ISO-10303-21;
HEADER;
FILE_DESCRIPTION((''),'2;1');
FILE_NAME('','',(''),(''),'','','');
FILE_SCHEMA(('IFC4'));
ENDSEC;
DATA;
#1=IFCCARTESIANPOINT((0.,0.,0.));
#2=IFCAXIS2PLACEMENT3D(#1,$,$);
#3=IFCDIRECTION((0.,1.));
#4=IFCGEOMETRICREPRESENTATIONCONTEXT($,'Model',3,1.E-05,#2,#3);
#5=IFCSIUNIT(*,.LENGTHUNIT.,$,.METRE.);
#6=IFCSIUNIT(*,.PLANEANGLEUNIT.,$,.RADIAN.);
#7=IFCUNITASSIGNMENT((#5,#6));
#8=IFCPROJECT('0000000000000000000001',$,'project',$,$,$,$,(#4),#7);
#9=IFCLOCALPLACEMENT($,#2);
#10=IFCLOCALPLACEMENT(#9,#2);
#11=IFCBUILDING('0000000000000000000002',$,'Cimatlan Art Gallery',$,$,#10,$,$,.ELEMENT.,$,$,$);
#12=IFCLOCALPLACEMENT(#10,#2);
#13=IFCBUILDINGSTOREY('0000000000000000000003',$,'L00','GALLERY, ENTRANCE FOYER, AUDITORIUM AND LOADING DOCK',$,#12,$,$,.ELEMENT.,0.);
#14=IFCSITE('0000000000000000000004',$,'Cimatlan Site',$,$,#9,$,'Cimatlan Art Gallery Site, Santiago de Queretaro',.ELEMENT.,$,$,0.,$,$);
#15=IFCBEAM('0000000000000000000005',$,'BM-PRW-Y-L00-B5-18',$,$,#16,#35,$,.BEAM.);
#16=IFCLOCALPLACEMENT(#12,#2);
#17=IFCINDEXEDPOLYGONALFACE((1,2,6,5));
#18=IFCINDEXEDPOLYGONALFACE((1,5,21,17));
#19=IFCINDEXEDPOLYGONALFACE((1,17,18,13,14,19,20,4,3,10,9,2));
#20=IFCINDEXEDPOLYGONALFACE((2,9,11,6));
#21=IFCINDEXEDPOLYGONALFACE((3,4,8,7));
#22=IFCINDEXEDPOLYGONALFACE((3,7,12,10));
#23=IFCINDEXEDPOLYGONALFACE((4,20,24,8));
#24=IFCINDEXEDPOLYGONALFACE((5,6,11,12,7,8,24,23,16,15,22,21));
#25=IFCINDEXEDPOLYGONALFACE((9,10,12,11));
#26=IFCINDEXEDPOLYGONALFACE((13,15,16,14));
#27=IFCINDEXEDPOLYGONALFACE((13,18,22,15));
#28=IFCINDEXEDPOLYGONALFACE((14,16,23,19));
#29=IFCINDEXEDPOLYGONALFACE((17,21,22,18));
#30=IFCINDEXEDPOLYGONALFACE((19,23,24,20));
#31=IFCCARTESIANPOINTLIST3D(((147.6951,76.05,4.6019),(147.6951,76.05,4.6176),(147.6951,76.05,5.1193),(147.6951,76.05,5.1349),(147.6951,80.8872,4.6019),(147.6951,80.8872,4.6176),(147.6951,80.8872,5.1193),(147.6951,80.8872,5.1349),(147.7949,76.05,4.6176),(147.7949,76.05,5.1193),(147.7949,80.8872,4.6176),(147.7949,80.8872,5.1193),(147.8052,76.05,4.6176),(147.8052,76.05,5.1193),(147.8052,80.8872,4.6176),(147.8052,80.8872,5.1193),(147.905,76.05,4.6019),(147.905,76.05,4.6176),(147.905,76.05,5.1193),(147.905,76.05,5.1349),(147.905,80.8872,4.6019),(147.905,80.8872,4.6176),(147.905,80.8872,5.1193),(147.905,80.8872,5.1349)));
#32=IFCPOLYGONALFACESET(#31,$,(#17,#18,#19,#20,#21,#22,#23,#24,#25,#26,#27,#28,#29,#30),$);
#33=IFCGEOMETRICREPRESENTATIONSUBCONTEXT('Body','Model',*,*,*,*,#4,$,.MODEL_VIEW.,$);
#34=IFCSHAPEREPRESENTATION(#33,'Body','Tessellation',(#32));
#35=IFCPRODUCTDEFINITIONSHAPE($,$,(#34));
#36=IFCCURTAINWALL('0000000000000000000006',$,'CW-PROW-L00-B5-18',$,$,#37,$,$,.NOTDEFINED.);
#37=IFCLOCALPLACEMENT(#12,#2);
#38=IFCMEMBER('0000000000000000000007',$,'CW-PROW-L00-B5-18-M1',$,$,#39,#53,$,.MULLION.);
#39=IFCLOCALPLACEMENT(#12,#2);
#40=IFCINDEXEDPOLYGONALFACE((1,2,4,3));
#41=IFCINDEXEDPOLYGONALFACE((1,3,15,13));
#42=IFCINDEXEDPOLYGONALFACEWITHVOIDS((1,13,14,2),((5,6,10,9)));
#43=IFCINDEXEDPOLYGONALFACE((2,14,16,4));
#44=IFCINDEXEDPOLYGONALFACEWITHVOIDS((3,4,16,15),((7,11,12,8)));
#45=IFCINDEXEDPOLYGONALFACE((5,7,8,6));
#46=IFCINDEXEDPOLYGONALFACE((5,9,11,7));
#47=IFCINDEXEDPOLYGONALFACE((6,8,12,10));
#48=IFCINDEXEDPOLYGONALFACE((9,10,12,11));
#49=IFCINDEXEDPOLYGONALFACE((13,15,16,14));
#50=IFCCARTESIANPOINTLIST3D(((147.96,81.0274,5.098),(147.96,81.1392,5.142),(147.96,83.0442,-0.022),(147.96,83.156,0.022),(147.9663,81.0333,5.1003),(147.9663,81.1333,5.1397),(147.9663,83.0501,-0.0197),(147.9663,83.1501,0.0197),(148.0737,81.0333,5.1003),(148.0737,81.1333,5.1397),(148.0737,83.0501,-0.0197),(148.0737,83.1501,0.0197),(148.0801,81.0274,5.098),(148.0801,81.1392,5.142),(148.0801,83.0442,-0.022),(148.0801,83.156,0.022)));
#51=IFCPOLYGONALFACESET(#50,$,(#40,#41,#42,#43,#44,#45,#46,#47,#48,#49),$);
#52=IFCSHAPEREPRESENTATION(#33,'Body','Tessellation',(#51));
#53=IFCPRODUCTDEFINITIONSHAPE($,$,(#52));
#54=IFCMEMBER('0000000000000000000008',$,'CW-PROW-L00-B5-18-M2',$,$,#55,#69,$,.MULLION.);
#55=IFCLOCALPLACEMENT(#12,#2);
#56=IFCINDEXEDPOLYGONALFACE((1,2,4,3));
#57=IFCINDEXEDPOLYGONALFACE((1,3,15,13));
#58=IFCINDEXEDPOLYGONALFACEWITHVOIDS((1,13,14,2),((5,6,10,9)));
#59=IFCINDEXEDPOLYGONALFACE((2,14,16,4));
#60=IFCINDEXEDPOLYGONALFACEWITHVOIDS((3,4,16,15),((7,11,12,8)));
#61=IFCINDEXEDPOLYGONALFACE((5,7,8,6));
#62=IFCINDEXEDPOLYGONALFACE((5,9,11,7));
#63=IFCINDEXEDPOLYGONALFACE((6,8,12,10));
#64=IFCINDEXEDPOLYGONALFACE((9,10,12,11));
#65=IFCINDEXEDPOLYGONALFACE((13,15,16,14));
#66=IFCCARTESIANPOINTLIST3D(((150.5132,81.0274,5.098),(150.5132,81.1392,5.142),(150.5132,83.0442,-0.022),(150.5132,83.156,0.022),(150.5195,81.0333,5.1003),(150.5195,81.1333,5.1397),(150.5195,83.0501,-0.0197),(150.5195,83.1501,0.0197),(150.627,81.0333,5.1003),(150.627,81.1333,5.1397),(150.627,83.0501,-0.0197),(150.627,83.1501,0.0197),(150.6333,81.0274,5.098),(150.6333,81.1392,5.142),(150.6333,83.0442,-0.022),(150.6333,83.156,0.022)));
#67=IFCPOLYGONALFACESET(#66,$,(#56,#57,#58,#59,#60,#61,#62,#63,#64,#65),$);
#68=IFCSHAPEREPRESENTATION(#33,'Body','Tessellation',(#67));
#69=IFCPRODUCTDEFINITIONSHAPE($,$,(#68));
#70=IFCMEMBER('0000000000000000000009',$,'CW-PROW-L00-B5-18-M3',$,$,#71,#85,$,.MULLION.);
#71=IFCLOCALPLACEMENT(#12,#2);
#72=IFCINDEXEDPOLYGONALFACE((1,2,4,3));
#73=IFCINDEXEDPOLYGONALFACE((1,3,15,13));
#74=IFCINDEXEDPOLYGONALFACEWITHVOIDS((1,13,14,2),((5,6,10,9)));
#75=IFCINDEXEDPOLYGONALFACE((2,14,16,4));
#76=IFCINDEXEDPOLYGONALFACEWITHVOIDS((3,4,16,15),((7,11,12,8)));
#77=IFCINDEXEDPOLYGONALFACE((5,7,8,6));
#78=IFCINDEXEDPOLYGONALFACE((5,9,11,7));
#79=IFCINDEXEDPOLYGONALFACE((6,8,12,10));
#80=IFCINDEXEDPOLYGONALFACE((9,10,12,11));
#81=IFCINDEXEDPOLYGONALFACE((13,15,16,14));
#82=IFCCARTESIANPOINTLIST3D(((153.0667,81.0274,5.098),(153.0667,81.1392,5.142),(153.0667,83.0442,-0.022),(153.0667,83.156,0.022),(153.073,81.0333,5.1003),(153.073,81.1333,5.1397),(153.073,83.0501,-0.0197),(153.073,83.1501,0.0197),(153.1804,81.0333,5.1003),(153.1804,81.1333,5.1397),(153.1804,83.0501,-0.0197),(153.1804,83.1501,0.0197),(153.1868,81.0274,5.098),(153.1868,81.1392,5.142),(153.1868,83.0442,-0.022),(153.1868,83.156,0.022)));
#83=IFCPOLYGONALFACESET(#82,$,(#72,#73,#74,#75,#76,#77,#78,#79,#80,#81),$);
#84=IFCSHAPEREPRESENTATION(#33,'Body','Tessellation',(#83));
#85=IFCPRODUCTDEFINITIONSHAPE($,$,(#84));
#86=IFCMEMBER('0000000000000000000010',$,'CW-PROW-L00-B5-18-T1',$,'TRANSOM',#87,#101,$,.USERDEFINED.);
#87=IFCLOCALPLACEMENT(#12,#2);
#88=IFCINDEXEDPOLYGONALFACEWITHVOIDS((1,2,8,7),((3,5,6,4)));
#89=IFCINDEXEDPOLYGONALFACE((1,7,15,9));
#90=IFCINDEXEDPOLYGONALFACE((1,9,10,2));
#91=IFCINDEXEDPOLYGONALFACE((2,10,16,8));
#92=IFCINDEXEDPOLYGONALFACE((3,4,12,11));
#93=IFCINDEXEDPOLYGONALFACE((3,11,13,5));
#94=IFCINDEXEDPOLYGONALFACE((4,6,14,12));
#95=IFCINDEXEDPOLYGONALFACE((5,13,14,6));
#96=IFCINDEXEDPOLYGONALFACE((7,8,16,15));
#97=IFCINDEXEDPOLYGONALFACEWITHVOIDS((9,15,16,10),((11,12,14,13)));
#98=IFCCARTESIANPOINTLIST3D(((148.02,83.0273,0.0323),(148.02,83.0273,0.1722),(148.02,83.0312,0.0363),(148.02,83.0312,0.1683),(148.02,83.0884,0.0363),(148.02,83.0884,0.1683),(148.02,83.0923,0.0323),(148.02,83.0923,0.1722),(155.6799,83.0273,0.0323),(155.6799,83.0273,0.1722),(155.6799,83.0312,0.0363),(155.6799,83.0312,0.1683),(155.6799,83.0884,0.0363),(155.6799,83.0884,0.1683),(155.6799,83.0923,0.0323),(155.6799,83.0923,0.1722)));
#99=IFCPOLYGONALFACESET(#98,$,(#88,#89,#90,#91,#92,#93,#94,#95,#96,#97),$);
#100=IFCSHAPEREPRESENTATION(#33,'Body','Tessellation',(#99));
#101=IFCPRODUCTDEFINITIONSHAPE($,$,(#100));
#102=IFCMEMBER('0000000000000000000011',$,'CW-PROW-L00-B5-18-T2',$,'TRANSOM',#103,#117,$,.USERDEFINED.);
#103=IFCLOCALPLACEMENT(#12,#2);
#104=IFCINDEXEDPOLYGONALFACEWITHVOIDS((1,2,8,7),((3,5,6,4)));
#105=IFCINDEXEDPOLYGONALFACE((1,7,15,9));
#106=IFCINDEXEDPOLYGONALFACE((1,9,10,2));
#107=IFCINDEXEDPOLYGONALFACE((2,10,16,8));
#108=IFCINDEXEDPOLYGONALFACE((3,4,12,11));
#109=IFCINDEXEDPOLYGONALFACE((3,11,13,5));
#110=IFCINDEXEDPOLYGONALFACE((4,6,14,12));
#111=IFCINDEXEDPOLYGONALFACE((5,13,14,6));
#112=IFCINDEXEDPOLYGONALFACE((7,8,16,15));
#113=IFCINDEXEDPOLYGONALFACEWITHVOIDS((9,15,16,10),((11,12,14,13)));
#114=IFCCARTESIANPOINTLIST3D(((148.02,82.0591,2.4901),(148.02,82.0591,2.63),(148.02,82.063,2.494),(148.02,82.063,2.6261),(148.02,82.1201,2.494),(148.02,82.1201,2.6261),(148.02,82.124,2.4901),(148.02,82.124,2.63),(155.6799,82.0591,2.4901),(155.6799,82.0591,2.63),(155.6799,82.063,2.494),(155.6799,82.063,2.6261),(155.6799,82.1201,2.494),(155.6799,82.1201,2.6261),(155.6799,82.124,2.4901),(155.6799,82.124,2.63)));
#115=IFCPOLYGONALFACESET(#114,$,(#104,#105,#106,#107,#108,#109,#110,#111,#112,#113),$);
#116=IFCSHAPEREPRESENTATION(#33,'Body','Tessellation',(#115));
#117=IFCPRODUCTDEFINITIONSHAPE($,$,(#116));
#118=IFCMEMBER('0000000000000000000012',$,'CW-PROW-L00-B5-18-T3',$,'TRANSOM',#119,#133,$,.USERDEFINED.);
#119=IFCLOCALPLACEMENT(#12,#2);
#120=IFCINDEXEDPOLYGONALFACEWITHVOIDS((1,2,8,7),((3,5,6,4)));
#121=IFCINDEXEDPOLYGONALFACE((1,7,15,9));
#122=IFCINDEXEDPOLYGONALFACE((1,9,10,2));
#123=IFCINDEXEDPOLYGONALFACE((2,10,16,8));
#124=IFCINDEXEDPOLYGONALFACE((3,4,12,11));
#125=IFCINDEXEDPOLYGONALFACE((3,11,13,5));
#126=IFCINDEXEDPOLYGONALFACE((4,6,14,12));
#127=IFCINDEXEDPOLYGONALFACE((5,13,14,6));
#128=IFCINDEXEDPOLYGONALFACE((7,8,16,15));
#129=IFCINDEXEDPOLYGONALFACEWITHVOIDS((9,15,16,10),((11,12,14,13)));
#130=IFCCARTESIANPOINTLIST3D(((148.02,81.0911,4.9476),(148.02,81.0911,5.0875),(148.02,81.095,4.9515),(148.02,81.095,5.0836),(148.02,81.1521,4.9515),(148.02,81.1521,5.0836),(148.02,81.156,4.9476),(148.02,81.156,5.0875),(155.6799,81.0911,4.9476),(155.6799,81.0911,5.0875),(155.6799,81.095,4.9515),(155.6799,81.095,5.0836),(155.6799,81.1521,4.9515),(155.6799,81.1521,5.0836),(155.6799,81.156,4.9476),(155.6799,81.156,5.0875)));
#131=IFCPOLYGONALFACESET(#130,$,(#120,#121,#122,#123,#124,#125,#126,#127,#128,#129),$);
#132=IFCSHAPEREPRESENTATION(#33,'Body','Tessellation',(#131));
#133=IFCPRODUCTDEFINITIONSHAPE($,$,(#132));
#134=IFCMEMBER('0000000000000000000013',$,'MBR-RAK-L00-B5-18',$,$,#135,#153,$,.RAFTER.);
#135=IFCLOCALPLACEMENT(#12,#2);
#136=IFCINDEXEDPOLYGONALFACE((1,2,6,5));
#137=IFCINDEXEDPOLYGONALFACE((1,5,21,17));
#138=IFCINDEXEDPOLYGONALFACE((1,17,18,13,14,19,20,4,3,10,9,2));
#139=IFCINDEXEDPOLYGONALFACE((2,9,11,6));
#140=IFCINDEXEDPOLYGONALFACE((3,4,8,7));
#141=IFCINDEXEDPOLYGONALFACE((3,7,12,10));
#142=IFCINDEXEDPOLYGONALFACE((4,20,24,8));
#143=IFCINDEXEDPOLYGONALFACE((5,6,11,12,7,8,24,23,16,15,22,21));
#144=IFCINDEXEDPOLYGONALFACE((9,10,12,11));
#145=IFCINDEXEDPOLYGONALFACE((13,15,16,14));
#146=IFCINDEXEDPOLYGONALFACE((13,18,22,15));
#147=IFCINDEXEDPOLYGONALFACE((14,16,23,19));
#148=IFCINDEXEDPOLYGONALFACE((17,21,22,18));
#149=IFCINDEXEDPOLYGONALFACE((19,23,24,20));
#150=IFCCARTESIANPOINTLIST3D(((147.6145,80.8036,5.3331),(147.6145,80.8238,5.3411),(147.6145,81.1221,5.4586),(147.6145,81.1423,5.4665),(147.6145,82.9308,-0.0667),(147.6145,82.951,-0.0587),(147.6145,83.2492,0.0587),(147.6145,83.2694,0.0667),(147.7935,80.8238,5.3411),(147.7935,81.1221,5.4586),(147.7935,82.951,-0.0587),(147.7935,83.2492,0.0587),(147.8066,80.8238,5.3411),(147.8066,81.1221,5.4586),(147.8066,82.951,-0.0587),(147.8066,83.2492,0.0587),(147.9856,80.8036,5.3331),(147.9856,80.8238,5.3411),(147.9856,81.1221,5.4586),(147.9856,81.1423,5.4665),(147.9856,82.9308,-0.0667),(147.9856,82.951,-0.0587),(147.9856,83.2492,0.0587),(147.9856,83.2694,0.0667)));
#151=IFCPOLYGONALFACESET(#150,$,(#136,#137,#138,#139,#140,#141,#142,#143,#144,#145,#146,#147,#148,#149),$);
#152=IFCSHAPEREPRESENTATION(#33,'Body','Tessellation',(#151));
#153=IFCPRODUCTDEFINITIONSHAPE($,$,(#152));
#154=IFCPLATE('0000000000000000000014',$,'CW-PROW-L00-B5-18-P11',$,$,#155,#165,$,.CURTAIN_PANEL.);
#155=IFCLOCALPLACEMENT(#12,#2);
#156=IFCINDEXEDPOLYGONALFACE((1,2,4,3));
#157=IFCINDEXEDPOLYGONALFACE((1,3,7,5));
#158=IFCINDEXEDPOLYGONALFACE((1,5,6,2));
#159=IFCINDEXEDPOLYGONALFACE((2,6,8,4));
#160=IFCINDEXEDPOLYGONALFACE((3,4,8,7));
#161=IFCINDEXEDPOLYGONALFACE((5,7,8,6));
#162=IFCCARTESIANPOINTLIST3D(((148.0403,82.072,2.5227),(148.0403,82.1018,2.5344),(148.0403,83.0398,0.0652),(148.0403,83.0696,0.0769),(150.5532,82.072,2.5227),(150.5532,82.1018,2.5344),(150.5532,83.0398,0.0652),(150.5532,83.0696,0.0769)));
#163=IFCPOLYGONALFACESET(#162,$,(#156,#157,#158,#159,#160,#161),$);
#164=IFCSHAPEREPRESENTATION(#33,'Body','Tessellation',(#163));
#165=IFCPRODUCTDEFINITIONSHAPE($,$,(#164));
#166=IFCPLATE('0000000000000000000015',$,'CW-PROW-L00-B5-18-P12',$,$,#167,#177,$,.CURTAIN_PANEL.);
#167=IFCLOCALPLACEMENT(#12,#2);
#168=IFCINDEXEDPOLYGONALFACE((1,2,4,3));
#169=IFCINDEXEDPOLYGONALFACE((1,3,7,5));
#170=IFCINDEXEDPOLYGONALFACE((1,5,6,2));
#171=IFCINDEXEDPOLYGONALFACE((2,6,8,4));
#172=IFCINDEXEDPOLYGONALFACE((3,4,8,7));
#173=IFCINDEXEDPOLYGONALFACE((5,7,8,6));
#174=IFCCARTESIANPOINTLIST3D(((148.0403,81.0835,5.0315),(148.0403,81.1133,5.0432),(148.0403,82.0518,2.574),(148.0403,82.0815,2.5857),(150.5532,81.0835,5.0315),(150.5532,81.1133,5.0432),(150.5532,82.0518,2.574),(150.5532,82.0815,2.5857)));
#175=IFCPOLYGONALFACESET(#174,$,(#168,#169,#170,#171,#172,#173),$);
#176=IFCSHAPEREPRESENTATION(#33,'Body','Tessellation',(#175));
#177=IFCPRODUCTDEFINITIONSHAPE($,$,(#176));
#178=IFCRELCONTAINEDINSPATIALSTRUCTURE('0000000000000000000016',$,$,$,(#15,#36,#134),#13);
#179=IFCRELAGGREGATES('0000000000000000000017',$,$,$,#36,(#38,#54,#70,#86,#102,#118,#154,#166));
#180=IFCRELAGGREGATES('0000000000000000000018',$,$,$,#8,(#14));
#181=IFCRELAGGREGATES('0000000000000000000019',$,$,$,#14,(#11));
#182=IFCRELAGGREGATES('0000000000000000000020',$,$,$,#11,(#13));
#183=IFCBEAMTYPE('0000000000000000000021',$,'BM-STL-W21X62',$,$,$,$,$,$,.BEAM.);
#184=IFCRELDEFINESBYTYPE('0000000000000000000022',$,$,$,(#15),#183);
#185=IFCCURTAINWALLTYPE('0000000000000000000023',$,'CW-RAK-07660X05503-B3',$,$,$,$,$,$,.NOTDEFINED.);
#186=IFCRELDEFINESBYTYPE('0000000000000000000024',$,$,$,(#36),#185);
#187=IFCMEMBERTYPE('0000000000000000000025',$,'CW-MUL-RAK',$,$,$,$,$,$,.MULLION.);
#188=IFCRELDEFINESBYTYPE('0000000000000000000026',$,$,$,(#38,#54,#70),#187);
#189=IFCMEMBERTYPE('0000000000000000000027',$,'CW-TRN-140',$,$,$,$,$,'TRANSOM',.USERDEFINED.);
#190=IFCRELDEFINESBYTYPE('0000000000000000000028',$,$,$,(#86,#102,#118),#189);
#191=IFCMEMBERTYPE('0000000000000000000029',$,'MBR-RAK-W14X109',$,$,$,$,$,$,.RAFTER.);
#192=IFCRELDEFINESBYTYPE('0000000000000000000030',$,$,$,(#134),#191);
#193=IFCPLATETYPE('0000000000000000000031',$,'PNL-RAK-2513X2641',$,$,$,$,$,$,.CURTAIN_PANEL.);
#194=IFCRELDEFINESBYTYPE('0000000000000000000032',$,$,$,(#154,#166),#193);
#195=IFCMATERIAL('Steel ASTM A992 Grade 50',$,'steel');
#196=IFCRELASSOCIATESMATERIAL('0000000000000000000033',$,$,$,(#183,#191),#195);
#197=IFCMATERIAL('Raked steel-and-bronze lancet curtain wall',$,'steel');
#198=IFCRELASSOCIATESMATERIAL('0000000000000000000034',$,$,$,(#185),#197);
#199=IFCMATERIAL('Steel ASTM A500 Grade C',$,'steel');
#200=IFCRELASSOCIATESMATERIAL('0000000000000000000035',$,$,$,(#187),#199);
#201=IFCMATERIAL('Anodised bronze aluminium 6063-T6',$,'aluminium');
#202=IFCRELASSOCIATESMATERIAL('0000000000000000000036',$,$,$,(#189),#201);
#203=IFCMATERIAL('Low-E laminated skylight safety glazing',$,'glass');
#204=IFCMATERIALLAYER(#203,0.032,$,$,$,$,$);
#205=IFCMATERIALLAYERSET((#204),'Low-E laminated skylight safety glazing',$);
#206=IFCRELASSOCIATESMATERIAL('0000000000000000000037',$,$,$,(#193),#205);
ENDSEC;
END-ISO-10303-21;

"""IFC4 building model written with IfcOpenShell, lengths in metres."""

from ifc_helpers import new_model, si_unit, direction, frame, origin, origin_2d, place, context, subcontext, project, spatial, polyline, hollow_rectangle, i_section, outline, extrude, material, layer, layer_set, material_profile, profile_set, type_object, element, aggregate, save


model = new_model("IFC4")

# Units and contexts
model_context = context("Model", 3, precision=1e-05, world=origin(), true_north=direction((0.0, 1.0)))
body_context = subcontext(model_context, "Body", "Model", "MODEL_VIEW")
ifc_project = project(units=[si_unit("LENGTHUNIT", "METRE"), si_unit("PLANEANGLEUNIT", "RADIAN")], contexts=[model_context])

# Site, building, storey
site_placement = place(None, origin())
site = spatial("IfcSite", under=ifc_project, at=site_placement, Name="Cimatlan Site", LongName="Cimatlan Art Gallery Site, Santiago de Queretaro", CompositionType="ELEMENT", RefElevation=0.0)
building_placement = place(site_placement, origin())
building = spatial("IfcBuilding", under=site, at=building_placement, Name="Cimatlan Art Gallery", CompositionType="ELEMENT")
storey_placement = place(building_placement, origin())
storey = spatial("IfcBuildingStorey", under=building, at=storey_placement, Name="L00", Description="GALLERY, ENTRANCE FOYER, AUDITORIUM AND LOADING DOCK", CompositionType="ELEMENT", Elevation=0.0)

# Beam
ifc_material_1 = material(Name="Steel ASTM A992 Grade 50", Category="steel")
ifc_material_profile_1 = material_profile(ifc_material_1, i_section(OverallWidth=0.21, OverallDepth=0.533, WebThickness=0.0103, FlangeThickness=0.0156, at=origin_2d()), Name="W21X62")
ifc_profile_set_1 = profile_set([ifc_material_profile_1], Name="Steel ASTM A992 Grade 50")
beam_type = type_object("IfcBeamType", Name="BM-STL-W21X62", PredefinedType="BEAM", material=ifc_profile_set_1)
beam_1_placement = place(storey_placement, frame((147.8, 76.05, 4.8684), z_axis=(0.0, 1.0, 0.0), x_axis=(-1.0, 0.0, 0.0)))
element("IfcBeam", 1, at=beam_1_placement, inside=storey, type_object=beam_type, Name="BM-PRW-Y-L00-B5-18", PredefinedType="BEAM", context=body_context, shape_type="SweptSolid", body=[
    extrude(i_section(OverallWidth=0.21, OverallDepth=0.533, WebThickness=0.0103, FlangeThickness=0.0156, at=origin_2d()), origin(), (0.0, 0.0, 1.0), 4.8372),
])

# Curtain wall, members
ifc_material_2 = material(Name="Raked steel-and-bronze lancet curtain wall", Category="steel")
curtain_wall_type = type_object("IfcCurtainWallType", Name="CW-RAK-07660X05503-B3", PredefinedType="NOTDEFINED", material=ifc_material_2)
curtain_wall_placement = place(storey_placement, origin())
curtain_wall = element("IfcCurtainWall", 2, at=curtain_wall_placement, inside=storey, type_object=curtain_wall_type, Name="CW-PROW-L00-B5-18", PredefinedType="NOTDEFINED")
ifc_material_3 = material(Name="Steel ASTM A500 Grade C", Category="steel")
ifc_material_profile_2 = material_profile(ifc_material_3, hollow_rectangle(XDim=0.1201, YDim=0.1201, WallThickness=0.0063, at=origin_2d()), Name="HSS120X120X6")
ifc_profile_set_2 = profile_set([ifc_material_profile_2], Name="Steel ASTM A500 Grade C")
member_type_1 = type_object("IfcMemberType", Name="CW-MUL-RAK", PredefinedType="MULLION", material=ifc_profile_set_2)
member_1_placement = place(storey_placement, frame((148.02, 83.1001, 0.0), z_axis=(0.0, -0.366498, 0.930419), x_axis=(1.0, 0.0, 0.0)))
member_1 = element("IfcMember", 3, at=member_1_placement, type_object=member_type_1, Name="CW-PROW-L00-B5-18-M1", PredefinedType="MULLION", context=body_context, shape_type="SweptSolid", body=[
    extrude(hollow_rectangle(XDim=0.1201, YDim=0.1201, WallThickness=0.0063, at=origin_2d()), origin(), (0.0, 0.0, 1.0), 5.5029),
])
member_2_placement = place(storey_placement, frame((150.5732, 83.1001, 0.0), z_axis=(0.0, -0.366498, 0.930419), x_axis=(1.0, 0.0, 0.0)))
member_2 = element("IfcMember", 4, at=member_2_placement, type_object=member_type_1, Name="CW-PROW-L00-B5-18-M2", PredefinedType="MULLION", context=body_context, shape_type="SweptSolid", body=[
    extrude(hollow_rectangle(XDim=0.1201, YDim=0.1201, WallThickness=0.0063, at=origin_2d()), origin(), (0.0, 0.0, 1.0), 5.5029),
])
member_3_placement = place(storey_placement, frame((153.1267, 83.1001, 0.0), z_axis=(0.0, -0.366498, 0.930419), x_axis=(1.0, 0.0, 0.0)))
member_3 = element("IfcMember", 5, at=member_3_placement, type_object=member_type_1, Name="CW-PROW-L00-B5-18-M3", PredefinedType="MULLION", context=body_context, shape_type="SweptSolid", body=[
    extrude(hollow_rectangle(XDim=0.1201, YDim=0.1201, WallThickness=0.0063, at=origin_2d()), origin(), (0.0, 0.0, 1.0), 5.5029),
])
ifc_material_4 = material(Name="Anodised bronze aluminium 6063-T6", Category="aluminium")
ifc_material_profile_3 = material_profile(ifc_material_4, hollow_rectangle(XDim=0.0649, YDim=0.1399, WallThickness=0.0039, at=origin_2d()), Name="ALU65X140X4")
ifc_profile_set_3 = profile_set([ifc_material_profile_3], Name="Anodised bronze aluminium 6063-T6")
member_type_2 = type_object("IfcMemberType", Name="CW-TRN-140", ElementType="TRANSOM", PredefinedType="USERDEFINED", material=ifc_profile_set_3)
member_4_placement = place(storey_placement, frame((148.02, 83.0598, 0.1023), z_axis=(1.0, 0.0, 0.0), x_axis=(0.0, 1.0, 0.0)))
member_4 = element("IfcMember", 6, at=member_4_placement, type_object=member_type_2, Name="CW-PROW-L00-B5-18-T1", ObjectType="TRANSOM", PredefinedType="USERDEFINED", context=body_context, shape_type="SweptSolid", body=[
    extrude(hollow_rectangle(XDim=0.0649, YDim=0.1399, WallThickness=0.0039, at=origin_2d()), origin(), (0.0, 0.0, 1.0), 7.6599),
])
member_5_placement = place(storey_placement, frame((148.02, 82.0916, 2.5601), z_axis=(1.0, 0.0, 0.0), x_axis=(0.0, 1.0, 0.0)))
member_5 = element("IfcMember", 7, at=member_5_placement, type_object=member_type_2, Name="CW-PROW-L00-B5-18-T2", ObjectType="TRANSOM", PredefinedType="USERDEFINED", context=body_context, shape_type="SweptSolid", body=[
    extrude(hollow_rectangle(XDim=0.0649, YDim=0.1399, WallThickness=0.0039, at=origin_2d()), origin(), (0.0, 0.0, 1.0), 7.6599),
])
member_6_placement = place(storey_placement, frame((148.02, 81.1235, 5.0176), z_axis=(1.0, 0.0, 0.0), x_axis=(0.0, 1.0, 0.0)))
member_6 = element("IfcMember", 8, at=member_6_placement, type_object=member_type_2, Name="CW-PROW-L00-B5-18-T3", ObjectType="TRANSOM", PredefinedType="USERDEFINED", context=body_context, shape_type="SweptSolid", body=[
    extrude(hollow_rectangle(XDim=0.0649, YDim=0.1399, WallThickness=0.0039, at=origin_2d()), origin(), (0.0, 0.0, 1.0), 7.6599),
])

# Member
ifc_material_profile_4 = material_profile(ifc_material_1, i_section(OverallWidth=0.3711, OverallDepth=0.364, WebThickness=0.0132, FlangeThickness=0.0217, at=origin_2d()), Name="W14X109")
ifc_profile_set_4 = profile_set([ifc_material_profile_4], Name="Steel ASTM A992 Grade 50")
member_type_3 = type_object("IfcMemberType", Name="MBR-RAK-W14X109", PredefinedType="RAFTER", material=ifc_profile_set_4)
member_7_placement = place(storey_placement, frame((147.8, 83.1001, 0.0), z_axis=(0.0, -0.366519, 0.930411), x_axis=(1.0, 0.0, 0.0)))
element("IfcMember", 9, at=member_7_placement, inside=storey, type_object=member_type_3, Name="MBR-RAK-L00-B5-18", PredefinedType="RAFTER", context=body_context, shape_type="SweptSolid", body=[
    extrude(i_section(OverallWidth=0.3711, OverallDepth=0.364, WebThickness=0.0132, FlangeThickness=0.0217, at=origin_2d()), origin(), (0.0, 0.0, 1.0), 5.8037),
])

# Plates
ifc_material_5 = material(Name="Low-E laminated skylight safety glazing", Category="glass")
ifc_layer_1 = layer(ifc_material_5, 0.032)
ifc_layer_set_1 = layer_set([ifc_layer_1], Name="Low-E laminated skylight safety glazing")
plate_type = type_object("IfcPlateType", Name="PNL-RAK-2513X2641", PredefinedType="CURTAIN_PANEL", material=ifc_layer_set_1)
plate_1_placement = place(storey_placement, frame((148.0403, 83.0696, 0.0769), z_axis=(0.0, 0.930452, 0.366413), x_axis=(1.0, 0.0, 0.0)))
plate_1 = element("IfcPlate", 10, at=plate_1_placement, type_object=plate_type, Name="CW-PROW-L00-B5-18-P11", PredefinedType="CURTAIN_PANEL", context=body_context, shape_type="SweptSolid", body=[
    extrude(outline(polyline([(0.0, 0.0), (2.5129, 0.0), (2.5129, -2.6412), (0.0, -2.6412), (0.0, 0.0)])), origin(), (0.0, 0.0, -1.0), 0.032),
])
plate_2_placement = place(storey_placement, frame((148.0403, 82.0815, 2.5857), z_axis=(0.0, 0.930389, 0.366573), x_axis=(1.0, 0.0, 0.0)))
plate_2 = element("IfcPlate", 11, at=plate_2_placement, type_object=plate_type, Name="CW-PROW-L00-B5-18-P12", PredefinedType="CURTAIN_PANEL", context=body_context, shape_type="SweptSolid", body=[
    extrude(outline(polyline([(0.0, 0.0), (2.5129, 0.0), (2.5129, -2.6414), (0.0, -2.6414), (0.0, 0.0)])), origin(), (0.0, 0.0, -1.0), 0.032),
])
aggregate(curtain_wall, [member_1, member_2, member_3, member_4, member_5, member_6, plate_1, plate_2])

save(model, "model.ifc")
